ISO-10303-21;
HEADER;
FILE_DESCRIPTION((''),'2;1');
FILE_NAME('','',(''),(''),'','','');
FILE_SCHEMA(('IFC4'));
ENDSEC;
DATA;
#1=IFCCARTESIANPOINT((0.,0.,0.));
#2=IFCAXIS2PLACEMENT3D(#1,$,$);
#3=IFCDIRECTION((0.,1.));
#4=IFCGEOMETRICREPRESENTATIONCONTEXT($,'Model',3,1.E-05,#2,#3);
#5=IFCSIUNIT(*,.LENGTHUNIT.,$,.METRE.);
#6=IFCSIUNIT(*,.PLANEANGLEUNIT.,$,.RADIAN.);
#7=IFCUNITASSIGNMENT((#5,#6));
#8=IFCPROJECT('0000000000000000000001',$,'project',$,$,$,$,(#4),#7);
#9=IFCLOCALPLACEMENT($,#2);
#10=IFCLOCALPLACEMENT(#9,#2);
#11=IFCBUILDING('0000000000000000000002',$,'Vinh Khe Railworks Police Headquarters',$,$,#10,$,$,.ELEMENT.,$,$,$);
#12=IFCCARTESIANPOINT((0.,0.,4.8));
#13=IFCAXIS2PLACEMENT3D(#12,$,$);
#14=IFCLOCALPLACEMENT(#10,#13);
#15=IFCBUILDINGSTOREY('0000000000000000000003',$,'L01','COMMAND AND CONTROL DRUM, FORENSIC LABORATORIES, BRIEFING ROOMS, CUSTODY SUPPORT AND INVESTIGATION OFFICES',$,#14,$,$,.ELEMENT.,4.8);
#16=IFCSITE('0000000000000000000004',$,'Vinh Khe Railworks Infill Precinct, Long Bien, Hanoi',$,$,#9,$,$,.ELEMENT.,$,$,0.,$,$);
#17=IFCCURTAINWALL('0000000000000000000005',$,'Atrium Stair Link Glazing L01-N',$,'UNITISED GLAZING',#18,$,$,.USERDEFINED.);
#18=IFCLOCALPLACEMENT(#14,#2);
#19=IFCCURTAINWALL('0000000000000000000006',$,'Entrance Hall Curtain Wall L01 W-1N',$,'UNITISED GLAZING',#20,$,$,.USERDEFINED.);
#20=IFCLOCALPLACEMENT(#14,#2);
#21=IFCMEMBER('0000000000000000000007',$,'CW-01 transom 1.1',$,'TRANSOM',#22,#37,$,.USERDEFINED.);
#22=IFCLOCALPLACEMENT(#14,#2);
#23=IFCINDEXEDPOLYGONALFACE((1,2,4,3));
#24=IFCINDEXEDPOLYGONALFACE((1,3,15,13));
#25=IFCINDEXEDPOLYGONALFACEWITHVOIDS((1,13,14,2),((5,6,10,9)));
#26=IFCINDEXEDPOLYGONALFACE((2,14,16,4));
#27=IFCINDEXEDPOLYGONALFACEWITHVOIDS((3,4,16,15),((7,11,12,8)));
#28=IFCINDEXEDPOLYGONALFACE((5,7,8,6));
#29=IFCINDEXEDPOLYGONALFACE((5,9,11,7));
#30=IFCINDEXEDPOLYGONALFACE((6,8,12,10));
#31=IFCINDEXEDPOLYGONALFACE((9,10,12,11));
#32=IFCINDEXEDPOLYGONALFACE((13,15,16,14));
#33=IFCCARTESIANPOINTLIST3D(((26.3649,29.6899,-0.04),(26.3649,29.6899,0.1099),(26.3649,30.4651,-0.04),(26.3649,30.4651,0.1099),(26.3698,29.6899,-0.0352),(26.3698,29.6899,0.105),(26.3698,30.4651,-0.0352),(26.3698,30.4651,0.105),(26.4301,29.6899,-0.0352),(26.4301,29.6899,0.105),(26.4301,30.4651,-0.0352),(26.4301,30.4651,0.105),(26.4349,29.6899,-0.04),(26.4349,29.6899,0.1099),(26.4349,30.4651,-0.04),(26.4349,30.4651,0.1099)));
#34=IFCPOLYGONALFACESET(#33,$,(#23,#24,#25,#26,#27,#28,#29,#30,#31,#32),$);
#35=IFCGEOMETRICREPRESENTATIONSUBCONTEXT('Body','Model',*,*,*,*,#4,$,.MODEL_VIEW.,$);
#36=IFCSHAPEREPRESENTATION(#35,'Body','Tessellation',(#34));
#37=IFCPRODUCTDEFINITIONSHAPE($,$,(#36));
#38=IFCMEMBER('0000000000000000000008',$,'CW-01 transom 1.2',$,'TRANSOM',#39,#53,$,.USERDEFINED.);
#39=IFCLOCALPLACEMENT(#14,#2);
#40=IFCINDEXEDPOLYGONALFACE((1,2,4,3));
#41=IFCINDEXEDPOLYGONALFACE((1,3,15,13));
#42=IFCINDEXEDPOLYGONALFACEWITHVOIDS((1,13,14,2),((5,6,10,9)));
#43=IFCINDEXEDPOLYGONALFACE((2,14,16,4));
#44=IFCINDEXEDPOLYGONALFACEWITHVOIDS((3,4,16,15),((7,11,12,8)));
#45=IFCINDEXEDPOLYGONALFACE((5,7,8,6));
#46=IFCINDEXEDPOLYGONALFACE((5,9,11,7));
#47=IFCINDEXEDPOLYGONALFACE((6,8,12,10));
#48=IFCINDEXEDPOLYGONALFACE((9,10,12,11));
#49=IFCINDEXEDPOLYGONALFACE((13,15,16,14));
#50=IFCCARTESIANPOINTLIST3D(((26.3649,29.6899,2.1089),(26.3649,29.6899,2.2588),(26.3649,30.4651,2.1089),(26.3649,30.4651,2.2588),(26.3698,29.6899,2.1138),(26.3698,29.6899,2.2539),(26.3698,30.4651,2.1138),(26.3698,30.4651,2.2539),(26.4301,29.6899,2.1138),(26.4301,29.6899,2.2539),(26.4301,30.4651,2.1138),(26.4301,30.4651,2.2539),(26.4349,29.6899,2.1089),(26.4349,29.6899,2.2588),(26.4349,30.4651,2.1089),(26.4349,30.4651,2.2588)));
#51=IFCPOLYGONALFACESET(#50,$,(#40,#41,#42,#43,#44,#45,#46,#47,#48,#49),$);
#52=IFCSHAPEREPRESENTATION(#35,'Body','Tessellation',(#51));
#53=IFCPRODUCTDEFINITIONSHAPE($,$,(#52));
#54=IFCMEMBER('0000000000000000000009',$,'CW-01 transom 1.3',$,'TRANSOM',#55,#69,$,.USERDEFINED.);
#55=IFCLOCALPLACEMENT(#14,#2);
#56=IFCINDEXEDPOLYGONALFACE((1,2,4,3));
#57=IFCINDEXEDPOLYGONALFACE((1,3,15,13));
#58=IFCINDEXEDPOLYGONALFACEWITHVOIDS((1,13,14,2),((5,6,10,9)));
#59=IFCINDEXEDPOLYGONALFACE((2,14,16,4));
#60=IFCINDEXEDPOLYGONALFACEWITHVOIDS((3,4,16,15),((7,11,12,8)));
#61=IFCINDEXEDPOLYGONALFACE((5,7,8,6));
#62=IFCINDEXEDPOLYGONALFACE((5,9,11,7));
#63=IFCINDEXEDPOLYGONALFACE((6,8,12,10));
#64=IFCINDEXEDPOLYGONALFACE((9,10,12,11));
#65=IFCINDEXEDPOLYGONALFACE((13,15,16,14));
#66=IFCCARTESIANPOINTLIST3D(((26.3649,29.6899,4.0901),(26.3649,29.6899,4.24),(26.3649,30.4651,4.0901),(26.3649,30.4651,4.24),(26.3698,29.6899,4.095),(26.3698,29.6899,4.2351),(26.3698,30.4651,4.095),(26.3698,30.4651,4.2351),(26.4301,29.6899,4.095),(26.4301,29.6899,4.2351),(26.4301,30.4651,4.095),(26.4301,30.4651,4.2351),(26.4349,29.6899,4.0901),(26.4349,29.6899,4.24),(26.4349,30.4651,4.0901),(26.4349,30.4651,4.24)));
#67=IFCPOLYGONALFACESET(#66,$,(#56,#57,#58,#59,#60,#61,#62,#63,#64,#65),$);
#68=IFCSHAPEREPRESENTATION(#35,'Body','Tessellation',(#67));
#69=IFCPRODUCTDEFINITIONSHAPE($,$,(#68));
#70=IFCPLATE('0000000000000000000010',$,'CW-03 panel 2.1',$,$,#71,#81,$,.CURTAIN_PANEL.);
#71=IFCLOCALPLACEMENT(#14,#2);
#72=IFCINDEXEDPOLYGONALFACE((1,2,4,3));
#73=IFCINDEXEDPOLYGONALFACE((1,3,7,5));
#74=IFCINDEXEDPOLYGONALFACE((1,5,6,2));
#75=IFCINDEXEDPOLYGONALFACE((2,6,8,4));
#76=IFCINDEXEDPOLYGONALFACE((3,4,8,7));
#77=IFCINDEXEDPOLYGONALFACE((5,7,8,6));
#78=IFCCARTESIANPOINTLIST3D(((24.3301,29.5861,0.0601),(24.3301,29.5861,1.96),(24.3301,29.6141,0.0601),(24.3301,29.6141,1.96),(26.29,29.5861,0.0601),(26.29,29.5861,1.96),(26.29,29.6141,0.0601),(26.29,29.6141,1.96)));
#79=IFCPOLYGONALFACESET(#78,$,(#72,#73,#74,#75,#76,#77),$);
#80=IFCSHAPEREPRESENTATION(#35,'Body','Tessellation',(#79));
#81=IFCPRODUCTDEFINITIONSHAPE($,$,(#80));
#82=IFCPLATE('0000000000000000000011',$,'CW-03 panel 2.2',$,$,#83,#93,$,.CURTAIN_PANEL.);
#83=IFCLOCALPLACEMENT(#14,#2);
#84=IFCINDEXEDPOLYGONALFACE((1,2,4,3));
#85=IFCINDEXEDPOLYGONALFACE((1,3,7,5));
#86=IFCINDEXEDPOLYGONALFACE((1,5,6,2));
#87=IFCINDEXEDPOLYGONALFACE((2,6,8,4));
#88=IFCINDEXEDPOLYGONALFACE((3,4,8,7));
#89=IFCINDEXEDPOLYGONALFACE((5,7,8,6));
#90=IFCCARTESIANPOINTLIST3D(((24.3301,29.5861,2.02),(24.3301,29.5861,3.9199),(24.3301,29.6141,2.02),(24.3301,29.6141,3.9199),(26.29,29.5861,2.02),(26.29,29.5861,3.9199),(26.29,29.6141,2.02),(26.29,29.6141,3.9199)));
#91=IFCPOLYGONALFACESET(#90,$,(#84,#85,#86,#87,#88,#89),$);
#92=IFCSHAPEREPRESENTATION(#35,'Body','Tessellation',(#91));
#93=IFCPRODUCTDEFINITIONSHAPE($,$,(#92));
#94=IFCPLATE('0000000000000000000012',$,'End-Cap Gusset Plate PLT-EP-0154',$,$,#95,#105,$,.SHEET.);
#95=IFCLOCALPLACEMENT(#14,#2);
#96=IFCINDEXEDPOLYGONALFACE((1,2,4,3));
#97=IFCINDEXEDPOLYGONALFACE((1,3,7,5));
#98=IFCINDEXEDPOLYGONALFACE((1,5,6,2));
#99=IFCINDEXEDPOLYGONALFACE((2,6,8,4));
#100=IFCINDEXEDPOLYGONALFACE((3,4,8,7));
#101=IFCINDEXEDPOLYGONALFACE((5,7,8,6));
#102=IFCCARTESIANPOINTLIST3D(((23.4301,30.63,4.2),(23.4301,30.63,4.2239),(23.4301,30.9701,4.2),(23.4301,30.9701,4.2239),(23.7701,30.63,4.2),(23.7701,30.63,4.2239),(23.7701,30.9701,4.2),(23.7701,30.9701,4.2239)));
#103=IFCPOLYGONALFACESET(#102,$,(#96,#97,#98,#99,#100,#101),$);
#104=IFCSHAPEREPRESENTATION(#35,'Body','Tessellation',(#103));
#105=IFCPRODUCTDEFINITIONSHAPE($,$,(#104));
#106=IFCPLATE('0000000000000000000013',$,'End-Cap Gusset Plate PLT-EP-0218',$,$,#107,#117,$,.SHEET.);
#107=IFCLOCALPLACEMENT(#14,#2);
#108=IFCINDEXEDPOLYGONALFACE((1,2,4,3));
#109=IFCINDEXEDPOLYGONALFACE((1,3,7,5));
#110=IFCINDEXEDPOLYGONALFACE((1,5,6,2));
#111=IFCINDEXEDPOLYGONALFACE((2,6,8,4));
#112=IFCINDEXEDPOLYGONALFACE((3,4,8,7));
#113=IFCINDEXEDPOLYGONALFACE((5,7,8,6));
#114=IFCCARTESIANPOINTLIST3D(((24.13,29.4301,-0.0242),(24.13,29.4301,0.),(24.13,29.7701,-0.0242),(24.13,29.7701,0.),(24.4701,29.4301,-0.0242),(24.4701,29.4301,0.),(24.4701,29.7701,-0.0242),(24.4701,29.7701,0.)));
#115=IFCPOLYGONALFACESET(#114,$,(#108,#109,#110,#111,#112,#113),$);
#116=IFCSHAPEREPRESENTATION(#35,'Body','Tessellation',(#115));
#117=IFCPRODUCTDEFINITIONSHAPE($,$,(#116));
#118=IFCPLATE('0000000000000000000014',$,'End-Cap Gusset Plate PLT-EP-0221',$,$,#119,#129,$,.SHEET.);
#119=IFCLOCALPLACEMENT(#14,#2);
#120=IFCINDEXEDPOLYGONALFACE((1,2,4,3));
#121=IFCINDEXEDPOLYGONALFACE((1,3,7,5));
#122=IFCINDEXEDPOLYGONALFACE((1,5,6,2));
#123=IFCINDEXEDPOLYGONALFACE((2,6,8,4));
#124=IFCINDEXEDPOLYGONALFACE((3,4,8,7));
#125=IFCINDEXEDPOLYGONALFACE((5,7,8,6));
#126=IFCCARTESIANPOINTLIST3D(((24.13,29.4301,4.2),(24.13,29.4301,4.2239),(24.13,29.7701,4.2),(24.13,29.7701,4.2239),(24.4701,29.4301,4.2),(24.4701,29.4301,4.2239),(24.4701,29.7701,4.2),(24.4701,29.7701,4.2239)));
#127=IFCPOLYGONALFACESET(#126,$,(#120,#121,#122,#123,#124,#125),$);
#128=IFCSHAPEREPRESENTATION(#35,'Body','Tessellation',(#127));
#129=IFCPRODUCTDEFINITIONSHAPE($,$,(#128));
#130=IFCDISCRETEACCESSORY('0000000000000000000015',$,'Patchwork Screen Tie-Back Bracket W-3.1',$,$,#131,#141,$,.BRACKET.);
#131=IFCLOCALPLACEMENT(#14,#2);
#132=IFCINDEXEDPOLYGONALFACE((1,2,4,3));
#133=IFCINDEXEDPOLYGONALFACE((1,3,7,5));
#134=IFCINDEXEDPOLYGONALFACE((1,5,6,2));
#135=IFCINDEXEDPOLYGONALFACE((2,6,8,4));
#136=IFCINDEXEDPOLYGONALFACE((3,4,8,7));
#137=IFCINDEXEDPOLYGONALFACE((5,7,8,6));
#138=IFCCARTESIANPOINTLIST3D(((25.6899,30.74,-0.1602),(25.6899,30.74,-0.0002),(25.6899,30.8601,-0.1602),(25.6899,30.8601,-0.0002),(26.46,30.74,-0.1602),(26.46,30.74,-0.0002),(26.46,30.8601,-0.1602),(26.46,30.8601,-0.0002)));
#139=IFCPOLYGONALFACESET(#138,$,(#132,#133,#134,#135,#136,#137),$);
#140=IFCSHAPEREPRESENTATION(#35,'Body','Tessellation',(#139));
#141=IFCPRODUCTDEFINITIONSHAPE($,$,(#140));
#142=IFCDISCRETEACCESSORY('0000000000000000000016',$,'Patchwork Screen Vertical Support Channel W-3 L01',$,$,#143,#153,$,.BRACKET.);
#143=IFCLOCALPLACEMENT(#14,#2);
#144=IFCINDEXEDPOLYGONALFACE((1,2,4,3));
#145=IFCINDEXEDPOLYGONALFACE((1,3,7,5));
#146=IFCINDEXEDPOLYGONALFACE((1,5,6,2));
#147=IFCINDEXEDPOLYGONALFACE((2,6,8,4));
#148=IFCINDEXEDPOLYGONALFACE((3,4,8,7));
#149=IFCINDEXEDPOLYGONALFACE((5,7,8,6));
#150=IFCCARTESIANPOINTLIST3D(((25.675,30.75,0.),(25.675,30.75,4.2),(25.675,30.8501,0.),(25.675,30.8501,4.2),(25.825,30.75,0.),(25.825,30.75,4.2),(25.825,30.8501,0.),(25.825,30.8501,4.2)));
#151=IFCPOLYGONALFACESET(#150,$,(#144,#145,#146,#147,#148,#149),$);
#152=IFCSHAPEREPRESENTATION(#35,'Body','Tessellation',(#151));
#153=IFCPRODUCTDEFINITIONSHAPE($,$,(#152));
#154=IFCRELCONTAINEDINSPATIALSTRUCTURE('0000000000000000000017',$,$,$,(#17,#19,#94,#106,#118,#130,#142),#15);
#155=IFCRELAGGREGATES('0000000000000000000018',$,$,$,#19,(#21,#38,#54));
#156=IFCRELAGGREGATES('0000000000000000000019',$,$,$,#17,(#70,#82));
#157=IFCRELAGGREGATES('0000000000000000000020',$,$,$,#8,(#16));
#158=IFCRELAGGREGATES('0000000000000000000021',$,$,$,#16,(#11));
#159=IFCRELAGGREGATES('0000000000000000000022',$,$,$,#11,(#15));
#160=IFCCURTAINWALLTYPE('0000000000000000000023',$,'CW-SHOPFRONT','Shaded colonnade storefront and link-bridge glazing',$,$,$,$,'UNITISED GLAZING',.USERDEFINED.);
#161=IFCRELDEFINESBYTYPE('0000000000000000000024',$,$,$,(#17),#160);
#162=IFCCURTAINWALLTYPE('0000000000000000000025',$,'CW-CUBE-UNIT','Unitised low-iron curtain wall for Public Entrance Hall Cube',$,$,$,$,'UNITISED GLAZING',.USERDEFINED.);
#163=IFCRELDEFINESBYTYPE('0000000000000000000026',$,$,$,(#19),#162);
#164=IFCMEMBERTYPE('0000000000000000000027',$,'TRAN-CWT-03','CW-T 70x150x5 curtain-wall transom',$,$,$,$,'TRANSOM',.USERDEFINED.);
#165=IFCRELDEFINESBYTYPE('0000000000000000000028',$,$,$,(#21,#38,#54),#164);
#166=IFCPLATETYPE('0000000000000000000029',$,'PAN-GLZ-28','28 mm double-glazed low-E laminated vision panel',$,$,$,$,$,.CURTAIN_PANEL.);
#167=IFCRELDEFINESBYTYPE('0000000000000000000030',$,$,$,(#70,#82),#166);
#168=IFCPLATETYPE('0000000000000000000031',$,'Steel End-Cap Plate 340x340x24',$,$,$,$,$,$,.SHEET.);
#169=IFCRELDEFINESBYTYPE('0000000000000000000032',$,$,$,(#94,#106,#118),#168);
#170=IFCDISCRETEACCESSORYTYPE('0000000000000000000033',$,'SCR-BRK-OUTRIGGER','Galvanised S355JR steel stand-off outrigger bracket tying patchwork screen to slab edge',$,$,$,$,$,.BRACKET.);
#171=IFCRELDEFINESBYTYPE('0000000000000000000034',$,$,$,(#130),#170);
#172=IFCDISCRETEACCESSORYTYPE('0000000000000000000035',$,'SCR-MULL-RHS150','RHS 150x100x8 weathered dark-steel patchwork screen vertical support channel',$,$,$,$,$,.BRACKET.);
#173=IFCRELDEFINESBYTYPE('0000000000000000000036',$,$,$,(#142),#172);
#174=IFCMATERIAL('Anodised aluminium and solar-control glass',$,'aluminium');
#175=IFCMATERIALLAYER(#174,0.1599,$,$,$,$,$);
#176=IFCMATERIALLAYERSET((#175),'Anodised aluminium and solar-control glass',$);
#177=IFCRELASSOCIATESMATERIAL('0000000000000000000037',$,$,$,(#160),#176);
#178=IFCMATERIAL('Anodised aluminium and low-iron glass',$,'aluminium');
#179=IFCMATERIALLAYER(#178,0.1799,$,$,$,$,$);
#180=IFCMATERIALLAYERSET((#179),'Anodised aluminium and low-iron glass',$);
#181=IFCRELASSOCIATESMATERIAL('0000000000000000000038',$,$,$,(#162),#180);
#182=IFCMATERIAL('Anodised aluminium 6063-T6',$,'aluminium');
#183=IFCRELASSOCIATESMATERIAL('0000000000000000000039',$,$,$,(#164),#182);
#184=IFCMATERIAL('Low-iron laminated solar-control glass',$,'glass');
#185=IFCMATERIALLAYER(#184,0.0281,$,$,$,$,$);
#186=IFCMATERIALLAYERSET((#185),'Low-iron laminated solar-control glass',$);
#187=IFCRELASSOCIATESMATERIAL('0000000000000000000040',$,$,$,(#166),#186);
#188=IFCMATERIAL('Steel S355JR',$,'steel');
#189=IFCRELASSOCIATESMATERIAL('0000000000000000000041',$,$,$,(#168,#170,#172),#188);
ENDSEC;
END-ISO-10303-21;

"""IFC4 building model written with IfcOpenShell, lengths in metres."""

from ifc_helpers import new_model, si_unit, direction, frame, origin, origin_2d, place, context, subcontext, project, spatial, rectangle, hollow_rectangle, extrude, material, layer, layer_set, material_profile, profile_set, type_object, element, aggregate, save


model = new_model("IFC4")

# Units and contexts
model_context = context("Model", 3, precision=1e-05, world=origin(), true_north=direction((0.0, 1.0)))
body_context = subcontext(model_context, "Body", "Model", "MODEL_VIEW")
ifc_project = project(units=[si_unit("LENGTHUNIT", "METRE"), si_unit("PLANEANGLEUNIT", "RADIAN")], contexts=[model_context])

# Site, building, storey
site_placement = place(None, origin())
site = spatial("IfcSite", under=ifc_project, at=site_placement, Name="Vinh Khe Railworks Infill Precinct, Long Bien, Hanoi", CompositionType="ELEMENT", RefElevation=0.0)
building_placement = place(site_placement, origin())
building = spatial("IfcBuilding", under=site, at=building_placement, Name="Vinh Khe Railworks Police Headquarters", CompositionType="ELEMENT")
storey_placement = place(building_placement, frame((0.0, 0.0, 4.8)))
storey = spatial("IfcBuildingStorey", under=building, at=storey_placement, Name="L01", Description="COMMAND AND CONTROL DRUM, FORENSIC LABORATORIES, BRIEFING ROOMS, CUSTODY SUPPORT AND INVESTIGATION OFFICES", CompositionType="ELEMENT", Elevation=4.8)

# Shared definitions
ifc_material_1 = material(Name="Steel S355JR", Category="steel")

# Curtain wall
ifc_material_2 = material(Name="Anodised aluminium and solar-control glass", Category="aluminium")
ifc_layer_1 = layer(ifc_material_2, 0.1599)
ifc_layer_set_1 = layer_set([ifc_layer_1], Name="Anodised aluminium and solar-control glass")
curtain_wall_type_1 = type_object("IfcCurtainWallType", Name="CW-SHOPFRONT", Description="Shaded colonnade storefront and link-bridge glazing", ElementType="UNITISED GLAZING", PredefinedType="USERDEFINED", material=ifc_layer_set_1)
curtain_wall_1_placement = place(storey_placement, origin())
curtain_wall_1 = element("IfcCurtainWall", 1, at=curtain_wall_1_placement, inside=storey, type_object=curtain_wall_type_1, Name="Atrium Stair Link Glazing L01-N", ObjectType="UNITISED GLAZING", PredefinedType="USERDEFINED")
ifc_material_3 = material(Name="Anodised aluminium 6063-T6", Category="aluminium")

# Curtain wall
ifc_material_4 = material(Name="Anodised aluminium and low-iron glass", Category="aluminium")
ifc_layer_2 = layer(ifc_material_4, 0.1799)
ifc_layer_set_2 = layer_set([ifc_layer_2], Name="Anodised aluminium and low-iron glass")
curtain_wall_type_2 = type_object("IfcCurtainWallType", Name="CW-CUBE-UNIT", Description="Unitised low-iron curtain wall for Public Entrance Hall Cube", ElementType="UNITISED GLAZING", PredefinedType="USERDEFINED", material=ifc_layer_set_2)
curtain_wall_2_placement = place(storey_placement, origin())
curtain_wall_2 = element("IfcCurtainWall", 2, at=curtain_wall_2_placement, inside=storey, type_object=curtain_wall_type_2, Name="Entrance Hall Curtain Wall L01 W-1N", ObjectType="UNITISED GLAZING", PredefinedType="USERDEFINED")

# Members
ifc_material_profile_1 = material_profile(ifc_material_3, hollow_rectangle(XDim=0.0701, YDim=0.1499, WallThickness=0.0049, at=origin_2d()), Name="CW-T 70x150x5")
ifc_profile_set_1 = profile_set([ifc_material_profile_1], Name="Anodised aluminium 6063-T6")
member_type_1 = type_object("IfcMemberType", Name="TRAN-CWT-03", Description="CW-T 70x150x5 curtain-wall transom", ElementType="TRANSOM", PredefinedType="USERDEFINED", material=ifc_profile_set_1)
member_1_placement = place(storey_placement, frame((26.3999, 29.6899, 0.0349), z_axis=(0.0, 1.0, 0.0), x_axis=(-1.0, 0.0, 0.0)))
member_1 = element("IfcMember", 3, at=member_1_placement, type_object=member_type_1, Name="CW-01 transom 1.1", ObjectType="TRANSOM", PredefinedType="USERDEFINED", context=body_context, shape_type="SweptSolid", body=[
    extrude(hollow_rectangle(XDim=0.0701, YDim=0.1499, WallThickness=0.0049, at=origin_2d()), origin(), (0.0, 0.0, 1.0), 0.7751),
])
member_2_placement = place(storey_placement, frame((26.3999, 29.6899, 2.1838), z_axis=(0.0, 1.0, 0.0), x_axis=(-1.0, 0.0, 0.0)))
member_2 = element("IfcMember", 4, at=member_2_placement, type_object=member_type_1, Name="CW-01 transom 1.2", ObjectType="TRANSOM", PredefinedType="USERDEFINED", context=body_context, shape_type="SweptSolid", body=[
    extrude(hollow_rectangle(XDim=0.0701, YDim=0.1499, WallThickness=0.0049, at=origin_2d()), origin(), (0.0, 0.0, 1.0), 0.7751),
])
member_3_placement = place(storey_placement, frame((26.3999, 29.6899, 4.165), z_axis=(0.0, 1.0, 0.0), x_axis=(-1.0, 0.0, 0.0)))
member_3 = element("IfcMember", 5, at=member_3_placement, type_object=member_type_1, Name="CW-01 transom 1.3", ObjectType="TRANSOM", PredefinedType="USERDEFINED", context=body_context, shape_type="SweptSolid", body=[
    extrude(hollow_rectangle(XDim=0.0701, YDim=0.1499, WallThickness=0.0049, at=origin_2d()), origin(), (0.0, 0.0, 1.0), 0.7751),
])
aggregate(curtain_wall_2, [member_1, member_2, member_3])

# Plates
ifc_material_5 = material(Name="Low-iron laminated solar-control glass", Category="glass")
ifc_layer_3 = layer(ifc_material_5, 0.0281)
ifc_layer_set_3 = layer_set([ifc_layer_3], Name="Low-iron laminated solar-control glass")
plate_type_1 = type_object("IfcPlateType", Name="PAN-GLZ-28", Description="28 mm double-glazed low-E laminated vision panel", PredefinedType="CURTAIN_PANEL", material=ifc_layer_set_3)
plate_1_placement = place(storey_placement, frame((25.3101, 29.6001, 0.0601), z_axis=(0.0, 0.0, 1.0), x_axis=(1.0, 0.0, 0.0)))
plate_1 = element("IfcPlate", 6, at=plate_1_placement, type_object=plate_type_1, Name="CW-03 panel 2.1", PredefinedType="CURTAIN_PANEL", context=body_context, shape_type="SweptSolid", body=[
    extrude(rectangle(XDim=1.96, YDim=0.0281, at=origin_2d()), origin(), (0.0, 0.0, 1.0), 1.8999),
])
plate_2_placement = place(storey_placement, frame((25.3101, 29.6001, 2.02), z_axis=(0.0, 0.0, 1.0), x_axis=(1.0, 0.0, 0.0)))
plate_2 = element("IfcPlate", 7, at=plate_2_placement, type_object=plate_type_1, Name="CW-03 panel 2.2", PredefinedType="CURTAIN_PANEL", context=body_context, shape_type="SweptSolid", body=[
    extrude(rectangle(XDim=1.96, YDim=0.0281, at=origin_2d()), origin(), (0.0, 0.0, 1.0), 1.8999),
])
aggregate(curtain_wall_1, [plate_1, plate_2])

# Plates
ifc_material_profile_2 = material_profile(ifc_material_1, rectangle(XDim=0.3401, YDim=0.3401, at=origin_2d()), Name="PL 340x340")
ifc_profile_set_2 = profile_set([ifc_material_profile_2], Name="Steel S355JR")
plate_type_2 = type_object("IfcPlateType", Name="Steel End-Cap Plate 340x340x24", PredefinedType="SHEET", material=ifc_profile_set_2)
plate_3_placement = place(storey_placement, frame((23.6001, 30.8, 4.2), z_axis=(0.0, 0.0, 1.0), x_axis=(1.0, 0.0, 0.0)))
element("IfcPlate", 8, at=plate_3_placement, inside=storey, type_object=plate_type_2, Name="End-Cap Gusset Plate PLT-EP-0154", PredefinedType="SHEET", context=body_context, shape_type="SweptSolid", body=[
    extrude(rectangle(XDim=0.3401, YDim=0.3401, at=origin_2d()), origin(), (0.0, 0.0, 1.0), 0.0239),
])
plate_4_placement = place(storey_placement, frame((24.3, 29.6001, 0.0), z_axis=(0.0, 0.0, -1.0), x_axis=(1.0, 0.0, 0.0)))
element("IfcPlate", 9, at=plate_4_placement, inside=storey, type_object=plate_type_2, Name="End-Cap Gusset Plate PLT-EP-0218", PredefinedType="SHEET", context=body_context, shape_type="SweptSolid", body=[
    extrude(rectangle(XDim=0.3401, YDim=0.3401, at=origin_2d()), origin(), (0.0, 0.0, 1.0), 0.0242),
])
plate_5_placement = place(storey_placement, frame((24.3, 29.6001, 4.2), z_axis=(0.0, 0.0, 1.0), x_axis=(1.0, 0.0, 0.0)))
element("IfcPlate", 10, at=plate_5_placement, inside=storey, type_object=plate_type_2, Name="End-Cap Gusset Plate PLT-EP-0221", PredefinedType="SHEET", context=body_context, shape_type="SweptSolid", body=[
    extrude(rectangle(XDim=0.3401, YDim=0.3401, at=origin_2d()), origin(), (0.0, 0.0, 1.0), 0.0239),
])

# Discrete accessories
discrete_accessory_type_1 = type_object("IfcDiscreteAccessoryType", Name="SCR-BRK-OUTRIGGER", Description="Galvanised S355JR steel stand-off outrigger bracket tying patchwork screen to slab edge", PredefinedType="BRACKET", material=ifc_material_1)
discrete_accessory_1_placement = place(storey_placement, frame((26.075, 30.8, -0.1602), z_axis=(0.0, 0.0, 1.0), x_axis=(1.0, 0.0, 0.0)))
element("IfcDiscreteAccessory", 11, at=discrete_accessory_1_placement, inside=storey, type_object=discrete_accessory_type_1, Name="Patchwork Screen Tie-Back Bracket W-3.1", PredefinedType="BRACKET", context=body_context, shape_type="SweptSolid", body=[
    extrude(rectangle(XDim=0.77, YDim=0.1201, at=origin_2d()), origin(), (0.0, 0.0, 1.0), 0.1599),
])
discrete_accessory_type_2 = type_object("IfcDiscreteAccessoryType", Name="SCR-MULL-RHS150", Description="RHS 150x100x8 weathered dark-steel patchwork screen vertical support channel", PredefinedType="BRACKET", material=ifc_material_1)
discrete_accessory_2_placement = place(storey_placement, frame((25.75, 30.8, 0.0), z_axis=(0.0, 0.0, 1.0), x_axis=(1.0, 0.0, 0.0)))
element("IfcDiscreteAccessory", 12, at=discrete_accessory_2_placement, inside=storey, type_object=discrete_accessory_type_2, Name="Patchwork Screen Vertical Support Channel W-3 L01", PredefinedType="BRACKET", context=body_context, shape_type="SweptSolid", body=[
    extrude(rectangle(XDim=0.1499, YDim=0.1001, at=origin_2d()), origin(), (0.0, 0.0, 1.0), 4.2),
])

save(model, "model.ifc")
